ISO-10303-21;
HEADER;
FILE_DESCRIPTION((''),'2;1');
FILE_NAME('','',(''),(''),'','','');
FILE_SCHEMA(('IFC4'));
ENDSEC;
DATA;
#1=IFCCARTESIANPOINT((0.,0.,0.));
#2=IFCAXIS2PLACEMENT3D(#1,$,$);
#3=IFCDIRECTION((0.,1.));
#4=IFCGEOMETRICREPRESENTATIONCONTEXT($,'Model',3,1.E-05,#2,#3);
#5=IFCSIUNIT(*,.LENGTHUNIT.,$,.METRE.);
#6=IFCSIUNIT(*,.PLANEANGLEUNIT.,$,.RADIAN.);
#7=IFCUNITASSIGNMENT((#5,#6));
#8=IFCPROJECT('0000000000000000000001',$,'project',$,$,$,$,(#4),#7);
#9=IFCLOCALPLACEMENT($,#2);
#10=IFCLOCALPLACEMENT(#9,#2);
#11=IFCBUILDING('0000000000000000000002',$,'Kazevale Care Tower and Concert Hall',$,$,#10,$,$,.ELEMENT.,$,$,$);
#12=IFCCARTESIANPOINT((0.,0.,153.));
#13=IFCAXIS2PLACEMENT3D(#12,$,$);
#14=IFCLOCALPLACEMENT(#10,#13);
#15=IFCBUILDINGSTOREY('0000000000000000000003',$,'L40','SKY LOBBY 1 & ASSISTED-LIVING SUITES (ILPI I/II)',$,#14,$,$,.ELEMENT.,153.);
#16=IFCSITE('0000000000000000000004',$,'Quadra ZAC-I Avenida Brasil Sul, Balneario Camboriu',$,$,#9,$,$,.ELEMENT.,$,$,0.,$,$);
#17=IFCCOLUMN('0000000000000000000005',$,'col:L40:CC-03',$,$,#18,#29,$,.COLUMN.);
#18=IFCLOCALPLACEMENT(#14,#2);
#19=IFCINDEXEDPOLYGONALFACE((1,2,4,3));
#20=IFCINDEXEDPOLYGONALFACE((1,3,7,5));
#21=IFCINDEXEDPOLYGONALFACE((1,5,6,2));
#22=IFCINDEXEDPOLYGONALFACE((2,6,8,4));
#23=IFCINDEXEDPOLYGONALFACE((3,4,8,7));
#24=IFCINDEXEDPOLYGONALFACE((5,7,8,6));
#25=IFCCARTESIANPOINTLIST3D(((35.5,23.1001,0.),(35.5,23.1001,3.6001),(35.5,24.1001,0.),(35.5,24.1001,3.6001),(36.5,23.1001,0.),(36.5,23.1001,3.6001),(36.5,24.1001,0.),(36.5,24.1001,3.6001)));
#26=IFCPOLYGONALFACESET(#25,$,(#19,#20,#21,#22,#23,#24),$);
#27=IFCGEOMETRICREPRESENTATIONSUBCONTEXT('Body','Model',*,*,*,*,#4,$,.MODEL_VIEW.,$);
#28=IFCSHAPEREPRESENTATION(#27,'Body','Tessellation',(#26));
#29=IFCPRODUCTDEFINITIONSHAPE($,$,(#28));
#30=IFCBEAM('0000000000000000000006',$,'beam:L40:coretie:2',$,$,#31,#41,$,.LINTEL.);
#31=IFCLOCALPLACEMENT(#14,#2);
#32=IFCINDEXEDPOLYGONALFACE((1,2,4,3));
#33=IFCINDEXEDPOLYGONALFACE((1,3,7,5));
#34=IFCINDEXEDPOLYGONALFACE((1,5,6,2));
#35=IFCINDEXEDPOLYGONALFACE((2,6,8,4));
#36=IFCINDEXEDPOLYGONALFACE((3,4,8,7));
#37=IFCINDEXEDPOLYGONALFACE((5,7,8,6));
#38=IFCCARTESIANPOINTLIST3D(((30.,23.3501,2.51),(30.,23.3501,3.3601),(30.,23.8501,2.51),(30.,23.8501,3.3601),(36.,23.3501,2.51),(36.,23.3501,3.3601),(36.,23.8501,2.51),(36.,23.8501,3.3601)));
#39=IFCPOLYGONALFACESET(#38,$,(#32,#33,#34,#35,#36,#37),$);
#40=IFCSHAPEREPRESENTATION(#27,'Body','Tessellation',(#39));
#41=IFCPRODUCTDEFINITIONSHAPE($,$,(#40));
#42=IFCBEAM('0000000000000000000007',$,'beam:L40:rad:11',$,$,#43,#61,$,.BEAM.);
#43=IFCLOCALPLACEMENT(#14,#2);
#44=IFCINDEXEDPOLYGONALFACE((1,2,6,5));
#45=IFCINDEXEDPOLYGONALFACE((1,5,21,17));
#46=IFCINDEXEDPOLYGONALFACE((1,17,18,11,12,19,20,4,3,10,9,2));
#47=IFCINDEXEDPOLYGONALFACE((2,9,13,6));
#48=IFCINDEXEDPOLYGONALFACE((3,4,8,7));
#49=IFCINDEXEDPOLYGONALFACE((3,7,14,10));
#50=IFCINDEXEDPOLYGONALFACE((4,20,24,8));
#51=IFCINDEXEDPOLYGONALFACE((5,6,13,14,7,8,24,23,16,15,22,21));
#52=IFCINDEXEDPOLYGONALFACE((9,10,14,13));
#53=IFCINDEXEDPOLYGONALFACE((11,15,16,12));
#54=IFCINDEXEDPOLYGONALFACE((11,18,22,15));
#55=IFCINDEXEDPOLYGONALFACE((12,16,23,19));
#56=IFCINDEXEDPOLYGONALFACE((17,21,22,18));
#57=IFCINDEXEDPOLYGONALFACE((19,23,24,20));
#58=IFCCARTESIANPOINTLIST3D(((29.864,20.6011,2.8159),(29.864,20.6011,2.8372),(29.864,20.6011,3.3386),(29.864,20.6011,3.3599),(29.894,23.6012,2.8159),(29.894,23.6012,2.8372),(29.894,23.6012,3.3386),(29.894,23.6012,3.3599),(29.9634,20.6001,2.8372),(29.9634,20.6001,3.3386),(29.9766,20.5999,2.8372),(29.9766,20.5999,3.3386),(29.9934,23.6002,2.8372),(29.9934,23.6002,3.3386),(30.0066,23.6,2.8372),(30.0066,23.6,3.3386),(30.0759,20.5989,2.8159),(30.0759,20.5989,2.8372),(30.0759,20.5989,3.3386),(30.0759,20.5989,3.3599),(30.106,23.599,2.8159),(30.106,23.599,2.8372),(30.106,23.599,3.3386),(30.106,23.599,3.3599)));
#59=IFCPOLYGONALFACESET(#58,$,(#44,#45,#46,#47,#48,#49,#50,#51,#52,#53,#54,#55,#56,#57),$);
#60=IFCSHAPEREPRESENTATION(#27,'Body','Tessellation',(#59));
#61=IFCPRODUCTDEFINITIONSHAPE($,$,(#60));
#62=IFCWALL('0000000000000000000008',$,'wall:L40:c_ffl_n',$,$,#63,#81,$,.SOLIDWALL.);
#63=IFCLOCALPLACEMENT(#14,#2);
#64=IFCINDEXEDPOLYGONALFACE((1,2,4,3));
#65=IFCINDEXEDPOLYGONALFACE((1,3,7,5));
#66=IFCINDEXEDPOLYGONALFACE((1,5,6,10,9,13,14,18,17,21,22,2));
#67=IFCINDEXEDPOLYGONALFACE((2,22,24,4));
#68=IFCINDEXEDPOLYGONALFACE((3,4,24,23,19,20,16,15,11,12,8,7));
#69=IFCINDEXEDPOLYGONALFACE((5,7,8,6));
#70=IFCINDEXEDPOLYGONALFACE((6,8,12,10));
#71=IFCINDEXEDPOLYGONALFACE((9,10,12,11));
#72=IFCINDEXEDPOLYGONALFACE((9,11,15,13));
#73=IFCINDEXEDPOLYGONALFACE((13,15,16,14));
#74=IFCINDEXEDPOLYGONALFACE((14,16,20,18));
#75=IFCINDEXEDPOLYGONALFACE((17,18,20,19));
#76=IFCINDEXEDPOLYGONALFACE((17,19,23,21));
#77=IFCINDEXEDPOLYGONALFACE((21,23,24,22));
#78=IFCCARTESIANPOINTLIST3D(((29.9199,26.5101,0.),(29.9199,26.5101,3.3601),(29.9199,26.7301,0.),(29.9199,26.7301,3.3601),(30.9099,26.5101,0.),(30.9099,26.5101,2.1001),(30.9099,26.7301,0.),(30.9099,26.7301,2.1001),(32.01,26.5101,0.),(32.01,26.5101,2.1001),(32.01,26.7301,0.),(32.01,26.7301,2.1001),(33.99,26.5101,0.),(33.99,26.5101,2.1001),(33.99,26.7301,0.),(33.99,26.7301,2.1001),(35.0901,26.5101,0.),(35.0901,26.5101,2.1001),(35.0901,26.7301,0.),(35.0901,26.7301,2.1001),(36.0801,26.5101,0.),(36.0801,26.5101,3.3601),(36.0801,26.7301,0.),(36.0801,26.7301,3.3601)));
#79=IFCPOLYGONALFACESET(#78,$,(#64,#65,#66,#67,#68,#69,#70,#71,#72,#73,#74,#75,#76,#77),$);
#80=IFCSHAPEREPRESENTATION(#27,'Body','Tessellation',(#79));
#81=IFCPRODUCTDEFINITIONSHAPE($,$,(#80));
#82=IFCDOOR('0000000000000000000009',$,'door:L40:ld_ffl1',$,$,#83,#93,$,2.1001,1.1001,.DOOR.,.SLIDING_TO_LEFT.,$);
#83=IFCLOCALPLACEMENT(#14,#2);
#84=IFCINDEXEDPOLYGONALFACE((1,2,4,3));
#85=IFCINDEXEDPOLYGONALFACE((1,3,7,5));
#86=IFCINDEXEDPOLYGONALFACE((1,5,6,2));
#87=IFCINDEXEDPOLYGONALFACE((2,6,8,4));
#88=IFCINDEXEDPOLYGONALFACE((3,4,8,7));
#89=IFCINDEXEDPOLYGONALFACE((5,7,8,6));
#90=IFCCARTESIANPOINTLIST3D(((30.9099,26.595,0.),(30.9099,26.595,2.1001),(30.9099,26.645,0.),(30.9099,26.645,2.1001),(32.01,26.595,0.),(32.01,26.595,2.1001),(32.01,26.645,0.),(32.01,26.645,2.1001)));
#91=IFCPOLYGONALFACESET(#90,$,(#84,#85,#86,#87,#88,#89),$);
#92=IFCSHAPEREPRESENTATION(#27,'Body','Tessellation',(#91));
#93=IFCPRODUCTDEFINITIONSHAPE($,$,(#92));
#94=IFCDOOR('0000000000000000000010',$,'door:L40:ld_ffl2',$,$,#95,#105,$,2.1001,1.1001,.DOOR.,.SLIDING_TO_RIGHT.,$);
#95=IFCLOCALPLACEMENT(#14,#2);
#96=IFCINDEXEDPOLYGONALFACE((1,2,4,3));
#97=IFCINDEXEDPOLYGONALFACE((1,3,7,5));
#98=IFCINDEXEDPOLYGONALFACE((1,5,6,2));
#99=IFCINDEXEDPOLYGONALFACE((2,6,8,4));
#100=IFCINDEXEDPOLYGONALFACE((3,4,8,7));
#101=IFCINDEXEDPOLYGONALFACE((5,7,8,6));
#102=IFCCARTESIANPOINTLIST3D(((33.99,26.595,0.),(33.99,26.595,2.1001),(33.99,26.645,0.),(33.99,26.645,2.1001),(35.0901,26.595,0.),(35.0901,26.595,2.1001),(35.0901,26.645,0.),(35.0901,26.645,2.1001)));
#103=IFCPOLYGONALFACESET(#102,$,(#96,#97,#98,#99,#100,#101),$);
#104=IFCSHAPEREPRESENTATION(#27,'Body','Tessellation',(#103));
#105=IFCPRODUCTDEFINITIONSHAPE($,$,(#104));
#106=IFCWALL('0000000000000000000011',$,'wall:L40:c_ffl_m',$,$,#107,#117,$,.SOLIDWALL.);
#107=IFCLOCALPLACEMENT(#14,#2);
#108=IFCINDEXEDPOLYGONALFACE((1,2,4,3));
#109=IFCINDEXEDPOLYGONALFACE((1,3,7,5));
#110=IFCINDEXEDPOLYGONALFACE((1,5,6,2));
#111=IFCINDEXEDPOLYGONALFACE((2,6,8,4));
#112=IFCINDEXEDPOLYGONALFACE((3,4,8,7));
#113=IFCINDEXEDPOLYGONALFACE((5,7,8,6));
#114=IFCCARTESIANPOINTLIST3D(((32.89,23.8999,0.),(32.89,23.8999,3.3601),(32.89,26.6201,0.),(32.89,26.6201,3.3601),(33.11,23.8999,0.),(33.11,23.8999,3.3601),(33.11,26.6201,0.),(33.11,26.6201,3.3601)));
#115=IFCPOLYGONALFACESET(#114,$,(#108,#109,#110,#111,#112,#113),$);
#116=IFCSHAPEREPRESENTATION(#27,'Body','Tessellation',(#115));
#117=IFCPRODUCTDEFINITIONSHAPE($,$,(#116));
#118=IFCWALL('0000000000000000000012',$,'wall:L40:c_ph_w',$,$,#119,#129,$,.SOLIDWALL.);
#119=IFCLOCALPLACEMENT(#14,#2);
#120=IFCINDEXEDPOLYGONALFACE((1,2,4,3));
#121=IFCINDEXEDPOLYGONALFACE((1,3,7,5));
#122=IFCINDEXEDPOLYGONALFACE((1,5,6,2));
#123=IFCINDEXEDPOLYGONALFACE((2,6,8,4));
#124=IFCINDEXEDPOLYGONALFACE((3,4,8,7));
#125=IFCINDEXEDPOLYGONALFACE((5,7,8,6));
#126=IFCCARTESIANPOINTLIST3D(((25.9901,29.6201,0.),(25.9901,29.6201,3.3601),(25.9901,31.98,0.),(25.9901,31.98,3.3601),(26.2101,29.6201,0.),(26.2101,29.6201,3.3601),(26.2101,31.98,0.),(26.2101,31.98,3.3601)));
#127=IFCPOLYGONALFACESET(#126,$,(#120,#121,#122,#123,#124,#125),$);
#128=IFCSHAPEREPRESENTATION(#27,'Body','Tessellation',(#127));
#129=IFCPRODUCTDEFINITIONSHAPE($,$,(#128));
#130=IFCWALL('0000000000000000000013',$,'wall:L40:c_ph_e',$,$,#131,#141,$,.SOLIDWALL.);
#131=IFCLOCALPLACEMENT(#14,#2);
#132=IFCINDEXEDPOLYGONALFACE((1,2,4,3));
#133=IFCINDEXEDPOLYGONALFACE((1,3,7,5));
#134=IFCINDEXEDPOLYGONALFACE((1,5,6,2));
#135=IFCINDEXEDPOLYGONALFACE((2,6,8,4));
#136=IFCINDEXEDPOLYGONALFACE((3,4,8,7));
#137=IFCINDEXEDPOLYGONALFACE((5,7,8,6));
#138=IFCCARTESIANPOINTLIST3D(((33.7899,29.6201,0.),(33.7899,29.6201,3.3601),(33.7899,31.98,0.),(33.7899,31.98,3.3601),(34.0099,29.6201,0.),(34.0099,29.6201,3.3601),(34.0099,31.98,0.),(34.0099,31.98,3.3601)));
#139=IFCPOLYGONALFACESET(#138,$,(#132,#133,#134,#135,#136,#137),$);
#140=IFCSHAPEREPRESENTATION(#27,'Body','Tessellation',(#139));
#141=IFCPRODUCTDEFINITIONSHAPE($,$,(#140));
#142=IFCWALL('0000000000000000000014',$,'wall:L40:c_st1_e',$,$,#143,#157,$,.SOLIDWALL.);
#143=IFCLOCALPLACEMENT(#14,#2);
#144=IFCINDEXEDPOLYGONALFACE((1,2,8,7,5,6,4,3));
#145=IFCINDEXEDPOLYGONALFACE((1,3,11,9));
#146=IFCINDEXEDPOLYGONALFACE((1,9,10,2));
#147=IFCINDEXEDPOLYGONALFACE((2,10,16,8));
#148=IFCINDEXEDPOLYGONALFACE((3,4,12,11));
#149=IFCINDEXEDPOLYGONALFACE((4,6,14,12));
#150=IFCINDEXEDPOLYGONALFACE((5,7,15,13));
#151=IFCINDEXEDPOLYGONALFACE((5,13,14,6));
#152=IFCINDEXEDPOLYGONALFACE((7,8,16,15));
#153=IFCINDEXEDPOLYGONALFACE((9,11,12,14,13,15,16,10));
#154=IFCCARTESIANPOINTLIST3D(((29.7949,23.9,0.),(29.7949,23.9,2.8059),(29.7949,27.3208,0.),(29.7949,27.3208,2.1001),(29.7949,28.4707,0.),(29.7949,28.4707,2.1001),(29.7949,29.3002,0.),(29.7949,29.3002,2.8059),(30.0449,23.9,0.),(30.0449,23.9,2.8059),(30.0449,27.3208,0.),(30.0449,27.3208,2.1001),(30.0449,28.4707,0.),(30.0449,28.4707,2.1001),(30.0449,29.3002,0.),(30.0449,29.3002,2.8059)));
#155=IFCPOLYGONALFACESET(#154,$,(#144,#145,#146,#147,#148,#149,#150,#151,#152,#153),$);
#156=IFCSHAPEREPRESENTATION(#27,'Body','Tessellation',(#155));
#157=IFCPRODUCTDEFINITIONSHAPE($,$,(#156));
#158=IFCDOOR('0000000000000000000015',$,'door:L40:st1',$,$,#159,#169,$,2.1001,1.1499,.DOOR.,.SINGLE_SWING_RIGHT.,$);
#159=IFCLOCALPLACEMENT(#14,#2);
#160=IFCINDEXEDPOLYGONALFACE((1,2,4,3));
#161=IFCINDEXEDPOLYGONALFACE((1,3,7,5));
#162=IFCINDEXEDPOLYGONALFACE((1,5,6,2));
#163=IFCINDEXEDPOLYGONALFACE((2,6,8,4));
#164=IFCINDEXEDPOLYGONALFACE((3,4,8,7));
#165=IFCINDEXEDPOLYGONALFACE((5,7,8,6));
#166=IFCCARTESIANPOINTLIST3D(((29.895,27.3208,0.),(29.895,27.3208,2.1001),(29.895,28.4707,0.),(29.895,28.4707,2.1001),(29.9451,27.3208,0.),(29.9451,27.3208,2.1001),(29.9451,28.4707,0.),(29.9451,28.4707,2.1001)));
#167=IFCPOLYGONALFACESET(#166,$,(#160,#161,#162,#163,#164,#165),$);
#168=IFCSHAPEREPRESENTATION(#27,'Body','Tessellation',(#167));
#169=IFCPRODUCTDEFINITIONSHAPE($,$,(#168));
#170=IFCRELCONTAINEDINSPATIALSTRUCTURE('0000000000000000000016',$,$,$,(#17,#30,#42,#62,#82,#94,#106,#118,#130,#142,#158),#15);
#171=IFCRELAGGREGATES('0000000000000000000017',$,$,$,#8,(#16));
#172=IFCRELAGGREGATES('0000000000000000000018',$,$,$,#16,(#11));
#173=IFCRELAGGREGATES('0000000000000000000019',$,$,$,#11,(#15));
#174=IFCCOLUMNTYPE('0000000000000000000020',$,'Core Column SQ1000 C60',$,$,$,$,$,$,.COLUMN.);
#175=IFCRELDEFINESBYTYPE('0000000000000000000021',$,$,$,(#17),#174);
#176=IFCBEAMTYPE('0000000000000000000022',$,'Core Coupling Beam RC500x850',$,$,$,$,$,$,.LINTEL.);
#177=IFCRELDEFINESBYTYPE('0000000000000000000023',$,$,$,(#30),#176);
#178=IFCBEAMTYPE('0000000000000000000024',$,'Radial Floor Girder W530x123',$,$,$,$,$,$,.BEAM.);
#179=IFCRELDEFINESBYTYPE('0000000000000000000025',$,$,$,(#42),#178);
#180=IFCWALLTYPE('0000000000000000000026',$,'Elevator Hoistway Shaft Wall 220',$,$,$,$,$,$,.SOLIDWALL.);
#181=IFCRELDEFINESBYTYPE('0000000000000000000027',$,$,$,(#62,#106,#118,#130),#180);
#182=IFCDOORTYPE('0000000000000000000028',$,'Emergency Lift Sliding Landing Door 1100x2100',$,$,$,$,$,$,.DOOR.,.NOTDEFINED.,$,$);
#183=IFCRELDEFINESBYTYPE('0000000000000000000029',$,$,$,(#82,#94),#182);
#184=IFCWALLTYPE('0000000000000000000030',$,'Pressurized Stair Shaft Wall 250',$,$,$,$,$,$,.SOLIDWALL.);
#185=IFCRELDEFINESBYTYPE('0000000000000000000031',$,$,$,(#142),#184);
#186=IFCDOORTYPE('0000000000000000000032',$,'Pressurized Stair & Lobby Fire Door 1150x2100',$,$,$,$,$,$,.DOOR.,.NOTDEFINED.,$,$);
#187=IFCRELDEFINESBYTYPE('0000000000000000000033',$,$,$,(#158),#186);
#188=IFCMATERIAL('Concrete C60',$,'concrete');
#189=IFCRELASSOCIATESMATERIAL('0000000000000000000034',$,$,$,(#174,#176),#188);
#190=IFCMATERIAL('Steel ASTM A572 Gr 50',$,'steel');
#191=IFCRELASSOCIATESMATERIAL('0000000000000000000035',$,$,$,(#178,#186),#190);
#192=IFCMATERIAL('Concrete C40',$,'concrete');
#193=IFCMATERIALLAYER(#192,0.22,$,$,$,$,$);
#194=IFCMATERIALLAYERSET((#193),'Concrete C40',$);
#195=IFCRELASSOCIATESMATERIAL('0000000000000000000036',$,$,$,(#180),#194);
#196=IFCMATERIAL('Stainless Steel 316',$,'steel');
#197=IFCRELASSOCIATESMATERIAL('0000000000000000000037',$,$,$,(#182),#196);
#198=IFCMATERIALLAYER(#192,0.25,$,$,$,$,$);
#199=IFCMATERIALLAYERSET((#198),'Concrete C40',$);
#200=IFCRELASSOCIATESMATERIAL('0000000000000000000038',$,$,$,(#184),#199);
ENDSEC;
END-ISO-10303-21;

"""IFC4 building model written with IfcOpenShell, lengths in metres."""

from ifc_helpers import new_model, si_unit, direction, frame, frame_2d, origin, origin_2d, place, context, subcontext, project, spatial, rectangle, i_section, extrude, material, layer, layer_set, material_profile, profile_set, type_object, element, fill, save


model = new_model("IFC4")

# Units and contexts
model_context = context("Model", 3, precision=1e-05, world=origin(), true_north=direction((0.0, 1.0)))
body_context = subcontext(model_context, "Body", "Model", "MODEL_VIEW")
ifc_project = project(units=[si_unit("LENGTHUNIT", "METRE"), si_unit("PLANEANGLEUNIT", "RADIAN")], contexts=[model_context])

# Site, building, storey
site_placement = place(None, origin())
site = spatial("IfcSite", under=ifc_project, at=site_placement, Name="Quadra ZAC-I Avenida Brasil Sul, Balneario Camboriu", CompositionType="ELEMENT", RefElevation=0.0)
building_placement = place(site_placement, origin())
building = spatial("IfcBuilding", under=site, at=building_placement, Name="Kazevale Care Tower and Concert Hall", CompositionType="ELEMENT")
storey_placement = place(building_placement, frame((0.0, 0.0, 153.0)))
storey = spatial("IfcBuildingStorey", under=building, at=storey_placement, Name="L40", Description="SKY LOBBY 1 & ASSISTED-LIVING SUITES (ILPI I/II)", CompositionType="ELEMENT", Elevation=153.0)

# Column
ifc_material_1 = material(Name="Concrete C60", Category="concrete")
ifc_material_profile_1 = material_profile(ifc_material_1, rectangle(XDim=1.0, YDim=1.0, at=origin_2d()), Name="RC-SQ1000")
ifc_profile_set_1 = profile_set([ifc_material_profile_1], Name="Concrete C60")
column_type = type_object("IfcColumnType", Name="Core Column SQ1000 C60", PredefinedType="COLUMN", material=ifc_profile_set_1)
column_placement = place(storey_placement, frame((36.0, 23.6001, 0.0), z_axis=(0.0, 0.0, 1.0), x_axis=(1.0, 0.0, 0.0)))
element("IfcColumn", 1, at=column_placement, inside=storey, type_object=column_type, Name="col:L40:CC-03", PredefinedType="COLUMN", context=body_context, shape_type="SweptSolid", body=[
    extrude(rectangle(XDim=1.0, YDim=1.0, at=origin_2d()), origin(), (0.0, 0.0, 1.0), 3.6001),
])

# Beams
ifc_material_profile_2 = material_profile(ifc_material_1, rectangle(XDim=0.5, YDim=0.8501, at=origin_2d()), Name="RC-B500x850")
ifc_profile_set_2 = profile_set([ifc_material_profile_2], Name="Concrete C60")
beam_type_1 = type_object("IfcBeamType", Name="Core Coupling Beam RC500x850", PredefinedType="LINTEL", material=ifc_profile_set_2)
beam_1_placement = place(storey_placement, frame((30.0, 23.6001, 2.9351), z_axis=(1.0, 0.0, 0.0), x_axis=(0.0, 1.0, 0.0)))
element("IfcBeam", 2, at=beam_1_placement, inside=storey, type_object=beam_type_1, Name="beam:L40:coretie:2", PredefinedType="LINTEL", context=body_context, shape_type="SweptSolid", body=[
    extrude(rectangle(XDim=0.5, YDim=0.8501, at=origin_2d()), origin(), (0.0, 0.0, 1.0), 6.0),
])
ifc_material_2 = material(Name="Steel ASTM A572 Gr 50", Category="steel")
ifc_material_profile_3 = material_profile(ifc_material_2, i_section(OverallWidth=0.2119, OverallDepth=0.5439, WebThickness=0.0132, FlangeThickness=0.0212, at=origin_2d()), Name="W530x123")
ifc_profile_set_3 = profile_set([ifc_material_profile_3], Name="Steel ASTM A572 Gr 50")
beam_type_2 = type_object("IfcBeamType", Name="Radial Floor Girder W530x123", PredefinedType="BEAM", material=ifc_profile_set_3)
beam_2_placement = place(storey_placement, frame((30.0, 23.6001, 3.0879), z_axis=(-0.010009, -0.99995, 0.0), x_axis=(0.99995, -0.010009, 0.0)))
element("IfcBeam", 3, at=beam_2_placement, inside=storey, type_object=beam_type_2, Name="beam:L40:rad:11", PredefinedType="BEAM", context=body_context, shape_type="SweptSolid", body=[
    extrude(i_section(OverallWidth=0.2119, OverallDepth=0.5439, WebThickness=0.0132, FlangeThickness=0.0212, at=origin_2d()), origin(), (0.0, 0.0, 1.0), 3.0002),
])

# Wall, openings, doors
ifc_material_3 = material(Name="Concrete C40", Category="concrete")
ifc_layer_1 = layer(ifc_material_3, 0.22)
ifc_layer_set_1 = layer_set([ifc_layer_1], Name="Concrete C40")
wall_type_1 = type_object("IfcWallType", Name="Elevator Hoistway Shaft Wall 220", PredefinedType="SOLIDWALL", material=ifc_layer_set_1)
wall_1_placement = place(storey_placement, frame((29.9199, 26.6201, 0.0), z_axis=(0.0, 0.0, 1.0), x_axis=(1.0, 0.0, 0.0)))
wall_1 = element("IfcWall", 4, at=wall_1_placement, inside=storey, type_object=wall_type_1, Name="wall:L40:c_ffl_n", PredefinedType="SOLIDWALL", context=body_context, shape_type="SweptSolid", body=[
    extrude(rectangle(XDim=6.1602, YDim=0.22, at=frame_2d((3.0801, 0.0))), origin(), (0.0, 0.0, 1.0), 3.3601),
])
opening_1_placement = place(wall_1_placement, frame((0.99, 0.0, 0.0)))
opening_1 = element("IfcOpeningElement", 5, at=opening_1_placement, cuts=wall_1, PredefinedType="OPENING", context=body_context, shape_type="SweptSolid", body=[
    extrude(rectangle(XDim=1.1001, YDim=2.1001, at=frame_2d((0.55, 1.05))), frame((0.0, 0.1199, 0.0), z_axis=(0.0, -1.0, 0.0), x_axis=(1.0, 0.0, 0.0)), (0.0, 0.0, 1.0), 0.24),
])
opening_2_placement = place(wall_1_placement, frame((4.0701, 0.0, 0.0)))
opening_2 = element("IfcOpeningElement", 6, at=opening_2_placement, cuts=wall_1, PredefinedType="OPENING", context=body_context, shape_type="SweptSolid", body=[
    extrude(rectangle(XDim=1.1001, YDim=2.1001, at=frame_2d((0.55, 1.05))), frame((0.0, 0.1199, 0.0), z_axis=(0.0, -1.0, 0.0), x_axis=(1.0, 0.0, 0.0)), (0.0, 0.0, 1.0), 0.24),
])
ifc_material_4 = material(Name="Stainless Steel 316", Category="steel")
door_type_1 = type_object("IfcDoorType", Name="Emergency Lift Sliding Landing Door 1100x2100", OperationType="NOTDEFINED", PredefinedType="DOOR", material=ifc_material_4)
door_1_placement = place(opening_1_placement, origin())
door_1 = element("IfcDoor", 7, at=door_1_placement, inside=storey, type_object=door_type_1, Name="door:L40:ld_ffl1", OperationType="SLIDING_TO_LEFT", OverallHeight=2.1001, OverallWidth=1.1001, PredefinedType="DOOR", context=body_context, shape_type="SweptSolid", body=[
    extrude(rectangle(XDim=1.1001, YDim=2.1001, at=frame_2d((0.55, 1.05))), frame((0.0, 0.0249, 0.0), z_axis=(0.0, -1.0, 0.0), x_axis=(1.0, 0.0, 0.0)), (0.0, 0.0, 1.0), 0.05),
])
fill(opening_1, door_1)
door_2_placement = place(opening_2_placement, origin())
door_2 = element("IfcDoor", 8, at=door_2_placement, inside=storey, type_object=door_type_1, Name="door:L40:ld_ffl2", OperationType="SLIDING_TO_RIGHT", OverallHeight=2.1001, OverallWidth=1.1001, PredefinedType="DOOR", context=body_context, shape_type="SweptSolid", body=[
    extrude(rectangle(XDim=1.1001, YDim=2.1001, at=frame_2d((0.55, 1.05))), frame((0.0, 0.0249, 0.0), z_axis=(0.0, -1.0, 0.0), x_axis=(1.0, 0.0, 0.0)), (0.0, 0.0, 1.0), 0.05),
])
fill(opening_2, door_2)

# Walls
wall_2_placement = place(storey_placement, frame((33.0, 23.8999, 0.0), z_axis=(0.0, 0.0, 1.0), x_axis=(0.0, 1.0, 0.0)))
element("IfcWall", 9, at=wall_2_placement, inside=storey, type_object=wall_type_1, Name="wall:L40:c_ffl_m", PredefinedType="SOLIDWALL", context=body_context, shape_type="SweptSolid", body=[
    extrude(rectangle(XDim=2.7202, YDim=0.22, at=frame_2d((1.3601, 0.0))), origin(), (0.0, 0.0, 1.0), 3.3601),
])
for number, where, z_axis, x_axis, name in (
    (10, (26.1001, 29.6201, 0.0), (0.0, 0.0, 1.0), (0.0, 1.0, 0.0), "wall:L40:c_ph_w"),
    (11, (33.8999, 29.6201, 0.0), (0.0, 0.0, 1.0), (0.0, 1.0, 0.0), "wall:L40:c_ph_e"),
):
    element("IfcWall", number, at=place(storey_placement, frame(where, z_axis=z_axis, x_axis=x_axis)), inside=storey, type_object=wall_type_1, Name=name, PredefinedType="SOLIDWALL", context=body_context, shape_type="SweptSolid", body=[
        extrude(rectangle(XDim=2.3599, YDim=0.22, at=frame_2d((1.1799, 0.0))), origin(), (0.0, 0.0, 1.0), 3.3601),
    ])

# Wall, opening, door
ifc_layer_2 = layer(ifc_material_3, 0.25)
ifc_layer_set_2 = layer_set([ifc_layer_2], Name="Concrete C40")
wall_type_2 = type_object("IfcWallType", Name="Pressurized Stair Shaft Wall 250", PredefinedType="SOLIDWALL", material=ifc_layer_set_2)
wall_3_placement = place(storey_placement, frame((29.9199, 23.8999, 0.0), z_axis=(0.0, 0.0, 1.0), x_axis=(0.0, 1.0, 0.0)))
wall_3 = element("IfcWall", 12, at=wall_3_placement, inside=storey, type_object=wall_type_2, Name="wall:L40:c_st1_e", PredefinedType="SOLIDWALL", context=body_context, shape_type="SweptSolid", body=[
    extrude(rectangle(XDim=5.4001, YDim=0.25, at=frame_2d((2.7002, 0.0))), origin(), (0.0, 0.0, 1.0), 2.8059),
])
opening_3_placement = place(wall_3_placement, frame((3.4209, 0.0, 0.0)))
opening_3 = element("IfcOpeningElement", 13, at=opening_3_placement, cuts=wall_3, PredefinedType="OPENING", context=body_context, shape_type="SweptSolid", body=[
    extrude(rectangle(XDim=1.1499, YDim=2.1001, at=frame_2d((0.575, 1.05))), frame((0.0, 0.135, 0.0), z_axis=(0.0, -1.0, 0.0), x_axis=(1.0, 0.0, 0.0)), (0.0, 0.0, 1.0), 0.27),
])
door_type_2 = type_object("IfcDoorType", Name="Pressurized Stair & Lobby Fire Door 1150x2100", OperationType="NOTDEFINED", PredefinedType="DOOR", material=ifc_material_2)
door_3_placement = place(opening_3_placement, origin())
door_3 = element("IfcDoor", 14, at=door_3_placement, inside=storey, type_object=door_type_2, Name="door:L40:st1", OperationType="SINGLE_SWING_RIGHT", OverallHeight=2.1001, OverallWidth=1.1499, PredefinedType="DOOR", context=body_context, shape_type="SweptSolid", body=[
    extrude(rectangle(XDim=1.1499, YDim=2.1001, at=frame_2d((0.575, 1.05))), frame((0.0, 0.0249, 0.0), z_axis=(0.0, -1.0, 0.0), x_axis=(1.0, 0.0, 0.0)), (0.0, 0.0, 1.0), 0.05),
])
fill(opening_3, door_3)

save(model, "model.ifc")
